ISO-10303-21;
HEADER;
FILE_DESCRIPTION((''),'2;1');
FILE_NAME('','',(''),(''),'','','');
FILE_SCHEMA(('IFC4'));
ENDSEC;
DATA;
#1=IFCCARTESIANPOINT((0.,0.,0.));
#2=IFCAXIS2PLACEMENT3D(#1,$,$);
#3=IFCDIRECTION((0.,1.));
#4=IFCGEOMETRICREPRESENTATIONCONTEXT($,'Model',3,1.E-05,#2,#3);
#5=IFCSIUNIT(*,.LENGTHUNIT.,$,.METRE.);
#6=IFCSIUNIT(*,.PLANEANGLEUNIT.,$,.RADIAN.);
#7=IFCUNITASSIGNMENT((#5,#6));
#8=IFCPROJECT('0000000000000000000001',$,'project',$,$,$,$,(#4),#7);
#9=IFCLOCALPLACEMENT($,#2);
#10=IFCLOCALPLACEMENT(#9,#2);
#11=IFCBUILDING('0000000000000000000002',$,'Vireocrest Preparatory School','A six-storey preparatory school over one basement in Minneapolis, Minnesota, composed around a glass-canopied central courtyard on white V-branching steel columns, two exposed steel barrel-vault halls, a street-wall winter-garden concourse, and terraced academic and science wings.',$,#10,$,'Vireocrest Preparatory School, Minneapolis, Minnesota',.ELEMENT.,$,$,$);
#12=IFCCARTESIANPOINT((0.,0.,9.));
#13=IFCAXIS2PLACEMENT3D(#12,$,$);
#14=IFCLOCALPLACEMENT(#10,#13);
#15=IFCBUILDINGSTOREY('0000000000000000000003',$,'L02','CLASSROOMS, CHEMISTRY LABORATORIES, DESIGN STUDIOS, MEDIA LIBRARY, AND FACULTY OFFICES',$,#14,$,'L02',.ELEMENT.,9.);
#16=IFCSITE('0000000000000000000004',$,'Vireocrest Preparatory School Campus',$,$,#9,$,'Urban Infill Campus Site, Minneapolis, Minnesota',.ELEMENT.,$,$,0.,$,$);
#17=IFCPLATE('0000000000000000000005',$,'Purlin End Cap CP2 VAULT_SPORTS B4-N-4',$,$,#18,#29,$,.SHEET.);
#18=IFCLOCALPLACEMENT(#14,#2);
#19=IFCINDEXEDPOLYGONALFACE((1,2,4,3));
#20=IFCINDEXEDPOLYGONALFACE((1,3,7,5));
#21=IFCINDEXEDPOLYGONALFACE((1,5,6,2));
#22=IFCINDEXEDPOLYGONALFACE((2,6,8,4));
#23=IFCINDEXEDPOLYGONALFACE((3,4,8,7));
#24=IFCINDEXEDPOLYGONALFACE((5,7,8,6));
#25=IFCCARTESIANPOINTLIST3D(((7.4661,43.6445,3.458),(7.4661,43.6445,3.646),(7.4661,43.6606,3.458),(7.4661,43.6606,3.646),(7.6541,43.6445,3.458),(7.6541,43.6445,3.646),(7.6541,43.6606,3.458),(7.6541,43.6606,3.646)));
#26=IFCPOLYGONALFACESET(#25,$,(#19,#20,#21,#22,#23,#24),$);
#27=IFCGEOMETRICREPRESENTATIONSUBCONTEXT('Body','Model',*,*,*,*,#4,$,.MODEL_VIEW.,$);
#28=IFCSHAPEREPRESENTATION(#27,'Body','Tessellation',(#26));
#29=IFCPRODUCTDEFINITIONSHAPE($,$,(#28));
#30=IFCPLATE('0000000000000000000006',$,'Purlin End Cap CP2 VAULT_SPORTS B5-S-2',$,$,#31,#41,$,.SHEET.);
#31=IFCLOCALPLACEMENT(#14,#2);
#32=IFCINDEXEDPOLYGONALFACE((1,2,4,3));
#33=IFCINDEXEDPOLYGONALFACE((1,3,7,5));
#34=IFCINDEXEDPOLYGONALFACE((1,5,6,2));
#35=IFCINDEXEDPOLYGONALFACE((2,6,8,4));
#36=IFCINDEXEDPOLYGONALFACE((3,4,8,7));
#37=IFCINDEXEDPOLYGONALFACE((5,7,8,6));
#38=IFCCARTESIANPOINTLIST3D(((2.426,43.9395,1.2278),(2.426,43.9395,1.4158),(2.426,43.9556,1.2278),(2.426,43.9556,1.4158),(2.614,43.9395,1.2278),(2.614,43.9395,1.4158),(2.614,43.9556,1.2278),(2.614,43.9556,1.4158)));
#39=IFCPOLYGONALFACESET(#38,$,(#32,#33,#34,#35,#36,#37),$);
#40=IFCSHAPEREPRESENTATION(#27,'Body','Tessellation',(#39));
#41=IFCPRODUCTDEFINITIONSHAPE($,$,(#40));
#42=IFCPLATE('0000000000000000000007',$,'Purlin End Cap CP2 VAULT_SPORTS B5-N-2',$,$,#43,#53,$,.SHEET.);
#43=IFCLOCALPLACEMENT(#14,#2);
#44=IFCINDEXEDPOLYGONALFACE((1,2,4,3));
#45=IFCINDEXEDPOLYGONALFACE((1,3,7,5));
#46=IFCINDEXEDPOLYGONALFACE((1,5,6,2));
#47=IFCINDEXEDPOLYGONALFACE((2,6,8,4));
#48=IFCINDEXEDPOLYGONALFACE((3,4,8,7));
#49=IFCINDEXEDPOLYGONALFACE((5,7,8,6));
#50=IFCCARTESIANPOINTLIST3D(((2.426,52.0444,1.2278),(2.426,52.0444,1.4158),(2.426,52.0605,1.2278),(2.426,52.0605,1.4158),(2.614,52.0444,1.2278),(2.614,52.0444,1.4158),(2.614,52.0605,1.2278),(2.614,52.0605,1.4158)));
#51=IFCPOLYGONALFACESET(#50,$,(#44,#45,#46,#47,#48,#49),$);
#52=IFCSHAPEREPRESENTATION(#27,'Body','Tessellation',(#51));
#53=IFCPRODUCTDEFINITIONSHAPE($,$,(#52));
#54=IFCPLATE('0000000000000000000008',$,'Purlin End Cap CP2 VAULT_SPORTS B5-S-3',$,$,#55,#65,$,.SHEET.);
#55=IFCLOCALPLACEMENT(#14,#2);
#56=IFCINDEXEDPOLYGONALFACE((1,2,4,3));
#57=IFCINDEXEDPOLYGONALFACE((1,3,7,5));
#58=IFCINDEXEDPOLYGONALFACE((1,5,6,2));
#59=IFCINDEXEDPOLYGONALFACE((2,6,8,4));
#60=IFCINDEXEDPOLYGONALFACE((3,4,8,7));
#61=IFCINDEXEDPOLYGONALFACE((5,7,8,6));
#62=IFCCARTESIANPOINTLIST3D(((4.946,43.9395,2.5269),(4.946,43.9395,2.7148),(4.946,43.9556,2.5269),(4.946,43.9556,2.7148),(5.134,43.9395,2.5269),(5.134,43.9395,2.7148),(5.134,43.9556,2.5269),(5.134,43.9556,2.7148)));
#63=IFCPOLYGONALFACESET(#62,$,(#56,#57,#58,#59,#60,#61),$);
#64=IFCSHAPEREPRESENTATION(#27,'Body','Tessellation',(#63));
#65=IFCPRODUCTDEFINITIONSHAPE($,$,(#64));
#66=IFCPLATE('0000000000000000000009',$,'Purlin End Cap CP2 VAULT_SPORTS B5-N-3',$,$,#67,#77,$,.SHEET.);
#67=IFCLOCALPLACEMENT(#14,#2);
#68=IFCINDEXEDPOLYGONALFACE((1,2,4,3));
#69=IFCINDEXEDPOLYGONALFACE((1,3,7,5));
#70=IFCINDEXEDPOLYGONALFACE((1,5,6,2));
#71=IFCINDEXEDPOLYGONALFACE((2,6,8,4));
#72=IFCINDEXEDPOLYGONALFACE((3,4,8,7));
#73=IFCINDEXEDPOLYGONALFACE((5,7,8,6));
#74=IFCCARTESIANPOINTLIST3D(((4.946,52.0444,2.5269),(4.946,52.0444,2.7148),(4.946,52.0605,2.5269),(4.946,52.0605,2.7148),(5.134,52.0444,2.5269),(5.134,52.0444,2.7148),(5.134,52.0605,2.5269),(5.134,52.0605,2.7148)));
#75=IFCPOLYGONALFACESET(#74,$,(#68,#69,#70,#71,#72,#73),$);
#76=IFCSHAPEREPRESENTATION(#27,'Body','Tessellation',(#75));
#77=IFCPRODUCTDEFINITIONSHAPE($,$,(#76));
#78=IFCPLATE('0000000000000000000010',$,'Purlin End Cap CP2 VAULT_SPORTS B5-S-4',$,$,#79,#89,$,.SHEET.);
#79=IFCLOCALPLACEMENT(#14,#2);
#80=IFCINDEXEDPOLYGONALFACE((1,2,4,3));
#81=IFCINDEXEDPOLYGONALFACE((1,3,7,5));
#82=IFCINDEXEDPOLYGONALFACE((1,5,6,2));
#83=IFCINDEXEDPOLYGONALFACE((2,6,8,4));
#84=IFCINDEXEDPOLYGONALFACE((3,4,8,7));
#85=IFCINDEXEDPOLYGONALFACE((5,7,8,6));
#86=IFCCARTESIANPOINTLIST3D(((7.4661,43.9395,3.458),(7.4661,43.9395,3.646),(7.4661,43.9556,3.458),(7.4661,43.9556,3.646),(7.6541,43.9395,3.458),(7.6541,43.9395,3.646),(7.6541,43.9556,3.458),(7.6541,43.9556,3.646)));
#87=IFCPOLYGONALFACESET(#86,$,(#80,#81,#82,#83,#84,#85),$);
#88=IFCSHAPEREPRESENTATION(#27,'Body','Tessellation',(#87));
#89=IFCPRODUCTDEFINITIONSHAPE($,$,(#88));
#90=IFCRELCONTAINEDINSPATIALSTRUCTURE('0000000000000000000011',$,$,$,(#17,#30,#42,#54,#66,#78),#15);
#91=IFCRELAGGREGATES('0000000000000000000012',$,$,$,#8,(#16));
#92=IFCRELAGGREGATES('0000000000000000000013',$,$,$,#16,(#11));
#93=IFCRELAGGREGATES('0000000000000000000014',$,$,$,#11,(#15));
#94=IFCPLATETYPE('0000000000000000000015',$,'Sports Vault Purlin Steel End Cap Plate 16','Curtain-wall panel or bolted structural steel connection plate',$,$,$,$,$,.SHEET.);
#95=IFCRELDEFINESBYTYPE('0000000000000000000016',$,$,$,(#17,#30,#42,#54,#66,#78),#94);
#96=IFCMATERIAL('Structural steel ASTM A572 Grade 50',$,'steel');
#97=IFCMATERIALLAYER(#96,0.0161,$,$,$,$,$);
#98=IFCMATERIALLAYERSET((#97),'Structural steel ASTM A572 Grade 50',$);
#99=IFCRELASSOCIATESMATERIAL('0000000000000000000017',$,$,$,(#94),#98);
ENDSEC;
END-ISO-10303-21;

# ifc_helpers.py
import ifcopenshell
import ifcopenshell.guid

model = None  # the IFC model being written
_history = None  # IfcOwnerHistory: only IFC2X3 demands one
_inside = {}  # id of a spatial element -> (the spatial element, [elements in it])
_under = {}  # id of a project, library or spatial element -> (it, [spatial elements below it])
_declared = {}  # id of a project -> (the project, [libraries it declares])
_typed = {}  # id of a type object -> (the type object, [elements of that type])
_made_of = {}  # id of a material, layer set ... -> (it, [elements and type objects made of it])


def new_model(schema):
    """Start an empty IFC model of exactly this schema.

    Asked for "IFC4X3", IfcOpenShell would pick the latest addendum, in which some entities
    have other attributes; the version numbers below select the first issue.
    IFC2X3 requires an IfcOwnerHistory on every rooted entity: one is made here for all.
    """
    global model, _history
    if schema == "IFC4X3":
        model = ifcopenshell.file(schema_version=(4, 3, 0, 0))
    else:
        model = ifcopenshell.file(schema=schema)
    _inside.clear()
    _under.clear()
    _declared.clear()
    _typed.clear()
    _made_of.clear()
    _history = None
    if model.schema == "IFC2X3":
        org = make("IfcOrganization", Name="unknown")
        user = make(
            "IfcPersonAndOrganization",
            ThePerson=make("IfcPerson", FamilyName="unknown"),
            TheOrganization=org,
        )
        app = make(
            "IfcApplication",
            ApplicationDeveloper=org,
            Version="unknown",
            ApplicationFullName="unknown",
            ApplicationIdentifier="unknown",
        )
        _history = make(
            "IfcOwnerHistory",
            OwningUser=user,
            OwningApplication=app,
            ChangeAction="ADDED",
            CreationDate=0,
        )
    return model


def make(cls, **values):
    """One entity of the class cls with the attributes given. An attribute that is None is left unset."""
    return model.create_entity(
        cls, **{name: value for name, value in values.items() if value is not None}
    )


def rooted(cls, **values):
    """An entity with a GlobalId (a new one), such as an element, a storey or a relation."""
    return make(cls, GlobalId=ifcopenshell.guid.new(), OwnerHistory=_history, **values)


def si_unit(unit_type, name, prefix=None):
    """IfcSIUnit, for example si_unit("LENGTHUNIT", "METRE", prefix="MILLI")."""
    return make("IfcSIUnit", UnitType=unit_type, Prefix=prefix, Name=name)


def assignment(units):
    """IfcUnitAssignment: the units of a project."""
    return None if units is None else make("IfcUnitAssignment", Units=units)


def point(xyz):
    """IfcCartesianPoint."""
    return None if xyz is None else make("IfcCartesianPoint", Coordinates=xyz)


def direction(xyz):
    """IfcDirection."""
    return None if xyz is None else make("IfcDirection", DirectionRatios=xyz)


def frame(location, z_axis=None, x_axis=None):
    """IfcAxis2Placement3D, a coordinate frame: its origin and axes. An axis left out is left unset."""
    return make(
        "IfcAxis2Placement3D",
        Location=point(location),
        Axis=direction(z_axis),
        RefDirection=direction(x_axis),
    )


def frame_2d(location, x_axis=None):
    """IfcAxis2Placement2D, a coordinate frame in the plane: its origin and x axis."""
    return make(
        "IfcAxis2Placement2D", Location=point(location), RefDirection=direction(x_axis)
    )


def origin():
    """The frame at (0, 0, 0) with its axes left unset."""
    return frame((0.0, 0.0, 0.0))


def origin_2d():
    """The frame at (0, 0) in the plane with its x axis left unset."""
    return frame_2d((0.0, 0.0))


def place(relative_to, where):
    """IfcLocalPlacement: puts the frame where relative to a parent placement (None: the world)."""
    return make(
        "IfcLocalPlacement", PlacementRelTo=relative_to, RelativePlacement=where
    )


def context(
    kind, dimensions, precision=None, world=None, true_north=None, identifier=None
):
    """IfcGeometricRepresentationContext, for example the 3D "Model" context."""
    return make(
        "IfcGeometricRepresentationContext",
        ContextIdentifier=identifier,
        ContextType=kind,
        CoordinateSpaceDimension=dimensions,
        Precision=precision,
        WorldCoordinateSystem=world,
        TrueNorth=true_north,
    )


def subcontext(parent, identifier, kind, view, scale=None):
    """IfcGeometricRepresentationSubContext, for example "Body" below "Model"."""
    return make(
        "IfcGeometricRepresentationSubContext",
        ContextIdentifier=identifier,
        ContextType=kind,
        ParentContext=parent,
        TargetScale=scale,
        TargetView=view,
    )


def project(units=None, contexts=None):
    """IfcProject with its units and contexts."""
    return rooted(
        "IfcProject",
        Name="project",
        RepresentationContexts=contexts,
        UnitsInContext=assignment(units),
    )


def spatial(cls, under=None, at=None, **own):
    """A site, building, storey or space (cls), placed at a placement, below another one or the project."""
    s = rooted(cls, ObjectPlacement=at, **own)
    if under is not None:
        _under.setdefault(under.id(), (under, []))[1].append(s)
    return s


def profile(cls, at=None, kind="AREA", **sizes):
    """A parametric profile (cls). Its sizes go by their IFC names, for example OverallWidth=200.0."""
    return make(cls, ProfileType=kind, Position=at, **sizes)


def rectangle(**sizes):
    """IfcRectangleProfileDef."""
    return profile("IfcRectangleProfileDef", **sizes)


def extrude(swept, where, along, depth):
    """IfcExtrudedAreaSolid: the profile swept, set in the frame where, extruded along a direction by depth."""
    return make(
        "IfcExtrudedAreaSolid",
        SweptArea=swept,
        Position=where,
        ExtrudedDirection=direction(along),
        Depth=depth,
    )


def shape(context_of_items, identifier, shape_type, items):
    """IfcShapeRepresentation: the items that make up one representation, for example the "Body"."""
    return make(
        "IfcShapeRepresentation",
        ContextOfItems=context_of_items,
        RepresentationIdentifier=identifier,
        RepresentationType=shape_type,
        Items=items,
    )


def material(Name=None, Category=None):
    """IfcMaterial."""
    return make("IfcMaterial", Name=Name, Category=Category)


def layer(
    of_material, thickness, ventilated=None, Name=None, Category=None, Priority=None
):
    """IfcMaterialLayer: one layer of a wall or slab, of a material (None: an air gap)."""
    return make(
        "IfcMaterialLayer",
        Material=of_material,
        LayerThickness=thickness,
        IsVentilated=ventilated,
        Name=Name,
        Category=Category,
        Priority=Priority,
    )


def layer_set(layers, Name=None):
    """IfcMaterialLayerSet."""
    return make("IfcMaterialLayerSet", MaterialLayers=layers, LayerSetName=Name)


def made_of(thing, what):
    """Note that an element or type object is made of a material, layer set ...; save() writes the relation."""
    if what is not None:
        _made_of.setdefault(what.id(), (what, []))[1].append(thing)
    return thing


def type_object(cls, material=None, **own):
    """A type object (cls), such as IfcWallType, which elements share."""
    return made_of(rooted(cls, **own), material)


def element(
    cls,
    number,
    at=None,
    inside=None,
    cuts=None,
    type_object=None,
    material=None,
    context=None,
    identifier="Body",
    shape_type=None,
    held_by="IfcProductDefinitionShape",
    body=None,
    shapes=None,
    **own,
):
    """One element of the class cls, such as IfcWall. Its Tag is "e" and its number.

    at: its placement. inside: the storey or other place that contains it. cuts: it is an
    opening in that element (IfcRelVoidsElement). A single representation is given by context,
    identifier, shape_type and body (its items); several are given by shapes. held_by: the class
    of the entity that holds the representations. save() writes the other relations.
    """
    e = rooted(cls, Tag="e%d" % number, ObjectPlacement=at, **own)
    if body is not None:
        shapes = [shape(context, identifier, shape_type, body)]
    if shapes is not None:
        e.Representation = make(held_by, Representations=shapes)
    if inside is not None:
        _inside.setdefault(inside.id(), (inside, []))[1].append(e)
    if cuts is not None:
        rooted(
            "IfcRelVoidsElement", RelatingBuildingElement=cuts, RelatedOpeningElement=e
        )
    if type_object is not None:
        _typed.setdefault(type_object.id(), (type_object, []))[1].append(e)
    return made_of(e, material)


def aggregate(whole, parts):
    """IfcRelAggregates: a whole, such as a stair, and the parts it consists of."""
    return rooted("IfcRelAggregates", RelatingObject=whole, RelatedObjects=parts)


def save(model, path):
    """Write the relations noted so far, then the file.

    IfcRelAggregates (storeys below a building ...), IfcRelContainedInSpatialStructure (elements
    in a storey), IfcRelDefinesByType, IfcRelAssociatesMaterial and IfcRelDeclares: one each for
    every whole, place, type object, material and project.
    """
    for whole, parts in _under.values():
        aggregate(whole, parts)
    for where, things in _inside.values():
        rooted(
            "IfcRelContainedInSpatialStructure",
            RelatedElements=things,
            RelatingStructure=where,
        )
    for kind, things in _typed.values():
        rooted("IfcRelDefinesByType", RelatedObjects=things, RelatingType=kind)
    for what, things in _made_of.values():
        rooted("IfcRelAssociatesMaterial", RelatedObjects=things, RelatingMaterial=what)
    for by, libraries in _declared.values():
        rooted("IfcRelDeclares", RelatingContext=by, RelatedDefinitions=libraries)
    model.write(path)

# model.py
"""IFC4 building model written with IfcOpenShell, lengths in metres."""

from ifc_helpers import new_model, si_unit, direction, frame, origin, origin_2d, place, context, subcontext, project, spatial, rectangle, extrude, material, layer, layer_set, type_object, element, save


model = new_model("IFC4")

# Units and contexts
model_context = context("Model", 3, precision=1e-05, world=origin(), true_north=direction((0.0, 1.0)))
body_context = subcontext(model_context, "Body", "Model", "MODEL_VIEW")
ifc_project = project(units=[si_unit("LENGTHUNIT", "METRE"), si_unit("PLANEANGLEUNIT", "RADIAN")], contexts=[model_context])

# Site, building, storey
site_placement = place(None, origin())
site = spatial("IfcSite", under=ifc_project, at=site_placement, Name="Vireocrest Preparatory School Campus", LongName="Urban Infill Campus Site, Minneapolis, Minnesota", CompositionType="ELEMENT", RefElevation=0.0)
building_placement = place(site_placement, origin())
building = spatial("IfcBuilding", under=site, at=building_placement, Name="Vireocrest Preparatory School", Description="A six-storey preparatory school over one basement in Minneapolis, Minnesota, composed around a glass-canopied central courtyard on white V-branching steel columns, two exposed steel barrel-vault halls, a street-wall winter-garden concourse, and terraced academic and science wings.", LongName="Vireocrest Preparatory School, Minneapolis, Minnesota", CompositionType="ELEMENT")
storey_placement = place(building_placement, frame((0.0, 0.0, 9.0)))
storey = spatial("IfcBuildingStorey", under=building, at=storey_placement, Name="L02", Description="CLASSROOMS, CHEMISTRY LABORATORIES, DESIGN STUDIOS, MEDIA LIBRARY, AND FACULTY OFFICES", LongName="L02", CompositionType="ELEMENT", Elevation=9.0)

# Plates
ifc_material_1 = material(Name="Structural steel ASTM A572 Grade 50", Category="steel")
ifc_layer_1 = layer(ifc_material_1, 0.0161)
ifc_layer_set_1 = layer_set([ifc_layer_1], Name="Structural steel ASTM A572 Grade 50")
plate_type_1 = type_object("IfcPlateType", Name="Sports Vault Purlin Steel End Cap Plate 16", Description="Curtain-wall panel or bolted structural steel connection plate", PredefinedType="SHEET", material=ifc_layer_set_1)
for number, where, z_axis, x_axis, name in (
    (1, (7.5601, 43.6526, 3.458), (0.0, 0.0, 1.0), (1.0, 0.0, 0.0), "Purlin End Cap CP2 VAULT_SPORTS B4-N-4"),
    (2, (2.52, 43.9475, 1.2278), (0.0, 0.0, 1.0), (1.0, 0.0, 0.0), "Purlin End Cap CP2 VAULT_SPORTS B5-S-2"),
    (3, (2.52, 52.0525, 1.2278), (0.0, 0.0, 1.0), (1.0, 0.0, 0.0), "Purlin End Cap CP2 VAULT_SPORTS B5-N-2"),
    (4, (5.04, 43.9475, 2.5269), (0.0, 0.0, 1.0), (1.0, 0.0, 0.0), "Purlin End Cap CP2 VAULT_SPORTS B5-S-3"),
    (5, (5.04, 52.0525, 2.5269), (0.0, 0.0, 1.0), (1.0, 0.0, 0.0), "Purlin End Cap CP2 VAULT_SPORTS B5-N-3"),
    (6, (7.5601, 43.9475, 3.458), (0.0, 0.0, 1.0), (1.0, 0.0, 0.0), "Purlin End Cap CP2 VAULT_SPORTS B5-S-4"),
):
    element("IfcPlate", number, at=place(storey_placement, frame(where, z_axis=z_axis, x_axis=x_axis)), inside=storey, type_object=plate_type_1, Name=name, PredefinedType="SHEET", context=body_context, shape_type="SweptSolid", body=[
        extrude(rectangle(XDim=0.188, YDim=0.0161, at=origin_2d()), origin(), (0.0, 0.0, 1.0), 0.188),
    ])

save(model, "model.ifc")
